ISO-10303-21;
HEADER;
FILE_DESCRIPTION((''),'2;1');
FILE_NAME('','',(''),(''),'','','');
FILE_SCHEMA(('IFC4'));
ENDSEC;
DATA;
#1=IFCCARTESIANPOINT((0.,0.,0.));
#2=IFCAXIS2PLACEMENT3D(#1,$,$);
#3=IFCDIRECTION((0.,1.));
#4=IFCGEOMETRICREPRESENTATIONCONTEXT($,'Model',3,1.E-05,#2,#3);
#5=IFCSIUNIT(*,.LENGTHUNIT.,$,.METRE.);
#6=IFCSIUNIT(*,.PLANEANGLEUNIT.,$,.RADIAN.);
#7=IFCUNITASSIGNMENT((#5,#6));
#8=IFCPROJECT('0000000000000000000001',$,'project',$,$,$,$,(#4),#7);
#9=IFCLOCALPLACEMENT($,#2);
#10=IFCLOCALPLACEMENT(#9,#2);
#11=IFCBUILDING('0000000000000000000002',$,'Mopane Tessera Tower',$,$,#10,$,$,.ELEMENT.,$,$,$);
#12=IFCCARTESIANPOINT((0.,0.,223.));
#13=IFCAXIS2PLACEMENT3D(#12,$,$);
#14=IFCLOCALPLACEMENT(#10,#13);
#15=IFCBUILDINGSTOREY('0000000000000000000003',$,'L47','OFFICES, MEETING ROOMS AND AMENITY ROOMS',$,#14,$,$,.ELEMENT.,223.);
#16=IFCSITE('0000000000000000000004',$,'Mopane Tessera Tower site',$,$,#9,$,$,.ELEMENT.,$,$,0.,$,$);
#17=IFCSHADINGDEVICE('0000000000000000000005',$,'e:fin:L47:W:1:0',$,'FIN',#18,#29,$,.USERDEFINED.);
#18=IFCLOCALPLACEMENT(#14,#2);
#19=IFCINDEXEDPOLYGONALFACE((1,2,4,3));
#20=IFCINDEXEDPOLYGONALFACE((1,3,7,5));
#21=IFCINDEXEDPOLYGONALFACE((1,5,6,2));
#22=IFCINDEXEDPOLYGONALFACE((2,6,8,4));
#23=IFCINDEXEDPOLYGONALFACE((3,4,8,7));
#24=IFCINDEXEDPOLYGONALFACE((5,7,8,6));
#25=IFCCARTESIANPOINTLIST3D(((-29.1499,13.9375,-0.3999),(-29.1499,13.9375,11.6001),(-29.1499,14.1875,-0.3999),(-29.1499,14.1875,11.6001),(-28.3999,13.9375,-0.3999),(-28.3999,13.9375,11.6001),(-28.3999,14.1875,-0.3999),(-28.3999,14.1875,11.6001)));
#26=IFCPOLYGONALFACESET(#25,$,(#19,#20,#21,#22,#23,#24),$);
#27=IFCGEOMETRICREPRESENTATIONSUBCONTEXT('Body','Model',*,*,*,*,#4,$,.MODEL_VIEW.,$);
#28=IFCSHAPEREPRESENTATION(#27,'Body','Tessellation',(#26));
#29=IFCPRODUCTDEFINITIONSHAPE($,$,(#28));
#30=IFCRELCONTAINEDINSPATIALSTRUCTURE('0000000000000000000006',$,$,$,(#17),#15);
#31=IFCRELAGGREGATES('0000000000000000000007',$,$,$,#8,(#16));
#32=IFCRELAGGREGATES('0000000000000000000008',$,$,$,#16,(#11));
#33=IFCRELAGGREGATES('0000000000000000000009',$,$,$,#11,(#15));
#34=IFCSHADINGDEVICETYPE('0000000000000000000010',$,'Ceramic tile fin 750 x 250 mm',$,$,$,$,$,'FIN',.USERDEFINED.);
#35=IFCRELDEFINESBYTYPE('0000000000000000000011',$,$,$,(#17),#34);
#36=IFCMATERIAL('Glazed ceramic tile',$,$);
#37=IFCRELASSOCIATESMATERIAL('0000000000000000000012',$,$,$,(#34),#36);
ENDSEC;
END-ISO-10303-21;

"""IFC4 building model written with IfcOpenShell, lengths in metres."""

from ifc_helpers import new_model, si_unit, direction, frame, origin, origin_2d, place, context, subcontext, project, spatial, rectangle, extrude, material, type_object, element, save


model = new_model("IFC4")

# Units and contexts
model_context = context("Model", 3, precision=1e-05, world=origin(), true_north=direction((0.0, 1.0)))
body_context = subcontext(model_context, "Body", "Model", "MODEL_VIEW")
ifc_project = project(units=[si_unit("LENGTHUNIT", "METRE"), si_unit("PLANEANGLEUNIT", "RADIAN")], contexts=[model_context])

# Site, building, storey
site_placement = place(None, origin())
site = spatial("IfcSite", under=ifc_project, at=site_placement, Name="Mopane Tessera Tower site", CompositionType="ELEMENT", RefElevation=0.0)
building_placement = place(site_placement, origin())
building = spatial("IfcBuilding", under=site, at=building_placement, Name="Mopane Tessera Tower", CompositionType="ELEMENT")
storey_placement = place(building_placement, frame((0.0, 0.0, 223.0)))
storey = spatial("IfcBuildingStorey", under=building, at=storey_placement, Name="L47", Description="OFFICES, MEETING ROOMS AND AMENITY ROOMS", CompositionType="ELEMENT", Elevation=223.0)

# Shading device
ifc_material_1 = material(Name="Glazed ceramic tile")
shading_device_type = type_object("IfcShadingDeviceType", Name="Ceramic tile fin 750 x 250 mm", ElementType="FIN", PredefinedType="USERDEFINED", material=ifc_material_1)
for number, where, z_axis, x_axis, name in (
    (1, (-28.7749, 14.0625, -0.3999), (0.0, 0.0, 1.0), (0.0, -1.0, 0.0), "e:fin:L47:W:1:0"),
):
    element("IfcShadingDevice", number, at=place(storey_placement, frame(where, z_axis=z_axis, x_axis=x_axis)), inside=storey, type_object=shading_device_type, Name=name, ObjectType="FIN", PredefinedType="USERDEFINED", context=body_context, shape_type="SweptSolid", body=[
        extrude(rectangle(XDim=0.25, YDim=0.75, at=origin_2d()), origin(), (0.0, 0.0, 1.0), 12.0),
    ])

save(model, "model.ifc")
